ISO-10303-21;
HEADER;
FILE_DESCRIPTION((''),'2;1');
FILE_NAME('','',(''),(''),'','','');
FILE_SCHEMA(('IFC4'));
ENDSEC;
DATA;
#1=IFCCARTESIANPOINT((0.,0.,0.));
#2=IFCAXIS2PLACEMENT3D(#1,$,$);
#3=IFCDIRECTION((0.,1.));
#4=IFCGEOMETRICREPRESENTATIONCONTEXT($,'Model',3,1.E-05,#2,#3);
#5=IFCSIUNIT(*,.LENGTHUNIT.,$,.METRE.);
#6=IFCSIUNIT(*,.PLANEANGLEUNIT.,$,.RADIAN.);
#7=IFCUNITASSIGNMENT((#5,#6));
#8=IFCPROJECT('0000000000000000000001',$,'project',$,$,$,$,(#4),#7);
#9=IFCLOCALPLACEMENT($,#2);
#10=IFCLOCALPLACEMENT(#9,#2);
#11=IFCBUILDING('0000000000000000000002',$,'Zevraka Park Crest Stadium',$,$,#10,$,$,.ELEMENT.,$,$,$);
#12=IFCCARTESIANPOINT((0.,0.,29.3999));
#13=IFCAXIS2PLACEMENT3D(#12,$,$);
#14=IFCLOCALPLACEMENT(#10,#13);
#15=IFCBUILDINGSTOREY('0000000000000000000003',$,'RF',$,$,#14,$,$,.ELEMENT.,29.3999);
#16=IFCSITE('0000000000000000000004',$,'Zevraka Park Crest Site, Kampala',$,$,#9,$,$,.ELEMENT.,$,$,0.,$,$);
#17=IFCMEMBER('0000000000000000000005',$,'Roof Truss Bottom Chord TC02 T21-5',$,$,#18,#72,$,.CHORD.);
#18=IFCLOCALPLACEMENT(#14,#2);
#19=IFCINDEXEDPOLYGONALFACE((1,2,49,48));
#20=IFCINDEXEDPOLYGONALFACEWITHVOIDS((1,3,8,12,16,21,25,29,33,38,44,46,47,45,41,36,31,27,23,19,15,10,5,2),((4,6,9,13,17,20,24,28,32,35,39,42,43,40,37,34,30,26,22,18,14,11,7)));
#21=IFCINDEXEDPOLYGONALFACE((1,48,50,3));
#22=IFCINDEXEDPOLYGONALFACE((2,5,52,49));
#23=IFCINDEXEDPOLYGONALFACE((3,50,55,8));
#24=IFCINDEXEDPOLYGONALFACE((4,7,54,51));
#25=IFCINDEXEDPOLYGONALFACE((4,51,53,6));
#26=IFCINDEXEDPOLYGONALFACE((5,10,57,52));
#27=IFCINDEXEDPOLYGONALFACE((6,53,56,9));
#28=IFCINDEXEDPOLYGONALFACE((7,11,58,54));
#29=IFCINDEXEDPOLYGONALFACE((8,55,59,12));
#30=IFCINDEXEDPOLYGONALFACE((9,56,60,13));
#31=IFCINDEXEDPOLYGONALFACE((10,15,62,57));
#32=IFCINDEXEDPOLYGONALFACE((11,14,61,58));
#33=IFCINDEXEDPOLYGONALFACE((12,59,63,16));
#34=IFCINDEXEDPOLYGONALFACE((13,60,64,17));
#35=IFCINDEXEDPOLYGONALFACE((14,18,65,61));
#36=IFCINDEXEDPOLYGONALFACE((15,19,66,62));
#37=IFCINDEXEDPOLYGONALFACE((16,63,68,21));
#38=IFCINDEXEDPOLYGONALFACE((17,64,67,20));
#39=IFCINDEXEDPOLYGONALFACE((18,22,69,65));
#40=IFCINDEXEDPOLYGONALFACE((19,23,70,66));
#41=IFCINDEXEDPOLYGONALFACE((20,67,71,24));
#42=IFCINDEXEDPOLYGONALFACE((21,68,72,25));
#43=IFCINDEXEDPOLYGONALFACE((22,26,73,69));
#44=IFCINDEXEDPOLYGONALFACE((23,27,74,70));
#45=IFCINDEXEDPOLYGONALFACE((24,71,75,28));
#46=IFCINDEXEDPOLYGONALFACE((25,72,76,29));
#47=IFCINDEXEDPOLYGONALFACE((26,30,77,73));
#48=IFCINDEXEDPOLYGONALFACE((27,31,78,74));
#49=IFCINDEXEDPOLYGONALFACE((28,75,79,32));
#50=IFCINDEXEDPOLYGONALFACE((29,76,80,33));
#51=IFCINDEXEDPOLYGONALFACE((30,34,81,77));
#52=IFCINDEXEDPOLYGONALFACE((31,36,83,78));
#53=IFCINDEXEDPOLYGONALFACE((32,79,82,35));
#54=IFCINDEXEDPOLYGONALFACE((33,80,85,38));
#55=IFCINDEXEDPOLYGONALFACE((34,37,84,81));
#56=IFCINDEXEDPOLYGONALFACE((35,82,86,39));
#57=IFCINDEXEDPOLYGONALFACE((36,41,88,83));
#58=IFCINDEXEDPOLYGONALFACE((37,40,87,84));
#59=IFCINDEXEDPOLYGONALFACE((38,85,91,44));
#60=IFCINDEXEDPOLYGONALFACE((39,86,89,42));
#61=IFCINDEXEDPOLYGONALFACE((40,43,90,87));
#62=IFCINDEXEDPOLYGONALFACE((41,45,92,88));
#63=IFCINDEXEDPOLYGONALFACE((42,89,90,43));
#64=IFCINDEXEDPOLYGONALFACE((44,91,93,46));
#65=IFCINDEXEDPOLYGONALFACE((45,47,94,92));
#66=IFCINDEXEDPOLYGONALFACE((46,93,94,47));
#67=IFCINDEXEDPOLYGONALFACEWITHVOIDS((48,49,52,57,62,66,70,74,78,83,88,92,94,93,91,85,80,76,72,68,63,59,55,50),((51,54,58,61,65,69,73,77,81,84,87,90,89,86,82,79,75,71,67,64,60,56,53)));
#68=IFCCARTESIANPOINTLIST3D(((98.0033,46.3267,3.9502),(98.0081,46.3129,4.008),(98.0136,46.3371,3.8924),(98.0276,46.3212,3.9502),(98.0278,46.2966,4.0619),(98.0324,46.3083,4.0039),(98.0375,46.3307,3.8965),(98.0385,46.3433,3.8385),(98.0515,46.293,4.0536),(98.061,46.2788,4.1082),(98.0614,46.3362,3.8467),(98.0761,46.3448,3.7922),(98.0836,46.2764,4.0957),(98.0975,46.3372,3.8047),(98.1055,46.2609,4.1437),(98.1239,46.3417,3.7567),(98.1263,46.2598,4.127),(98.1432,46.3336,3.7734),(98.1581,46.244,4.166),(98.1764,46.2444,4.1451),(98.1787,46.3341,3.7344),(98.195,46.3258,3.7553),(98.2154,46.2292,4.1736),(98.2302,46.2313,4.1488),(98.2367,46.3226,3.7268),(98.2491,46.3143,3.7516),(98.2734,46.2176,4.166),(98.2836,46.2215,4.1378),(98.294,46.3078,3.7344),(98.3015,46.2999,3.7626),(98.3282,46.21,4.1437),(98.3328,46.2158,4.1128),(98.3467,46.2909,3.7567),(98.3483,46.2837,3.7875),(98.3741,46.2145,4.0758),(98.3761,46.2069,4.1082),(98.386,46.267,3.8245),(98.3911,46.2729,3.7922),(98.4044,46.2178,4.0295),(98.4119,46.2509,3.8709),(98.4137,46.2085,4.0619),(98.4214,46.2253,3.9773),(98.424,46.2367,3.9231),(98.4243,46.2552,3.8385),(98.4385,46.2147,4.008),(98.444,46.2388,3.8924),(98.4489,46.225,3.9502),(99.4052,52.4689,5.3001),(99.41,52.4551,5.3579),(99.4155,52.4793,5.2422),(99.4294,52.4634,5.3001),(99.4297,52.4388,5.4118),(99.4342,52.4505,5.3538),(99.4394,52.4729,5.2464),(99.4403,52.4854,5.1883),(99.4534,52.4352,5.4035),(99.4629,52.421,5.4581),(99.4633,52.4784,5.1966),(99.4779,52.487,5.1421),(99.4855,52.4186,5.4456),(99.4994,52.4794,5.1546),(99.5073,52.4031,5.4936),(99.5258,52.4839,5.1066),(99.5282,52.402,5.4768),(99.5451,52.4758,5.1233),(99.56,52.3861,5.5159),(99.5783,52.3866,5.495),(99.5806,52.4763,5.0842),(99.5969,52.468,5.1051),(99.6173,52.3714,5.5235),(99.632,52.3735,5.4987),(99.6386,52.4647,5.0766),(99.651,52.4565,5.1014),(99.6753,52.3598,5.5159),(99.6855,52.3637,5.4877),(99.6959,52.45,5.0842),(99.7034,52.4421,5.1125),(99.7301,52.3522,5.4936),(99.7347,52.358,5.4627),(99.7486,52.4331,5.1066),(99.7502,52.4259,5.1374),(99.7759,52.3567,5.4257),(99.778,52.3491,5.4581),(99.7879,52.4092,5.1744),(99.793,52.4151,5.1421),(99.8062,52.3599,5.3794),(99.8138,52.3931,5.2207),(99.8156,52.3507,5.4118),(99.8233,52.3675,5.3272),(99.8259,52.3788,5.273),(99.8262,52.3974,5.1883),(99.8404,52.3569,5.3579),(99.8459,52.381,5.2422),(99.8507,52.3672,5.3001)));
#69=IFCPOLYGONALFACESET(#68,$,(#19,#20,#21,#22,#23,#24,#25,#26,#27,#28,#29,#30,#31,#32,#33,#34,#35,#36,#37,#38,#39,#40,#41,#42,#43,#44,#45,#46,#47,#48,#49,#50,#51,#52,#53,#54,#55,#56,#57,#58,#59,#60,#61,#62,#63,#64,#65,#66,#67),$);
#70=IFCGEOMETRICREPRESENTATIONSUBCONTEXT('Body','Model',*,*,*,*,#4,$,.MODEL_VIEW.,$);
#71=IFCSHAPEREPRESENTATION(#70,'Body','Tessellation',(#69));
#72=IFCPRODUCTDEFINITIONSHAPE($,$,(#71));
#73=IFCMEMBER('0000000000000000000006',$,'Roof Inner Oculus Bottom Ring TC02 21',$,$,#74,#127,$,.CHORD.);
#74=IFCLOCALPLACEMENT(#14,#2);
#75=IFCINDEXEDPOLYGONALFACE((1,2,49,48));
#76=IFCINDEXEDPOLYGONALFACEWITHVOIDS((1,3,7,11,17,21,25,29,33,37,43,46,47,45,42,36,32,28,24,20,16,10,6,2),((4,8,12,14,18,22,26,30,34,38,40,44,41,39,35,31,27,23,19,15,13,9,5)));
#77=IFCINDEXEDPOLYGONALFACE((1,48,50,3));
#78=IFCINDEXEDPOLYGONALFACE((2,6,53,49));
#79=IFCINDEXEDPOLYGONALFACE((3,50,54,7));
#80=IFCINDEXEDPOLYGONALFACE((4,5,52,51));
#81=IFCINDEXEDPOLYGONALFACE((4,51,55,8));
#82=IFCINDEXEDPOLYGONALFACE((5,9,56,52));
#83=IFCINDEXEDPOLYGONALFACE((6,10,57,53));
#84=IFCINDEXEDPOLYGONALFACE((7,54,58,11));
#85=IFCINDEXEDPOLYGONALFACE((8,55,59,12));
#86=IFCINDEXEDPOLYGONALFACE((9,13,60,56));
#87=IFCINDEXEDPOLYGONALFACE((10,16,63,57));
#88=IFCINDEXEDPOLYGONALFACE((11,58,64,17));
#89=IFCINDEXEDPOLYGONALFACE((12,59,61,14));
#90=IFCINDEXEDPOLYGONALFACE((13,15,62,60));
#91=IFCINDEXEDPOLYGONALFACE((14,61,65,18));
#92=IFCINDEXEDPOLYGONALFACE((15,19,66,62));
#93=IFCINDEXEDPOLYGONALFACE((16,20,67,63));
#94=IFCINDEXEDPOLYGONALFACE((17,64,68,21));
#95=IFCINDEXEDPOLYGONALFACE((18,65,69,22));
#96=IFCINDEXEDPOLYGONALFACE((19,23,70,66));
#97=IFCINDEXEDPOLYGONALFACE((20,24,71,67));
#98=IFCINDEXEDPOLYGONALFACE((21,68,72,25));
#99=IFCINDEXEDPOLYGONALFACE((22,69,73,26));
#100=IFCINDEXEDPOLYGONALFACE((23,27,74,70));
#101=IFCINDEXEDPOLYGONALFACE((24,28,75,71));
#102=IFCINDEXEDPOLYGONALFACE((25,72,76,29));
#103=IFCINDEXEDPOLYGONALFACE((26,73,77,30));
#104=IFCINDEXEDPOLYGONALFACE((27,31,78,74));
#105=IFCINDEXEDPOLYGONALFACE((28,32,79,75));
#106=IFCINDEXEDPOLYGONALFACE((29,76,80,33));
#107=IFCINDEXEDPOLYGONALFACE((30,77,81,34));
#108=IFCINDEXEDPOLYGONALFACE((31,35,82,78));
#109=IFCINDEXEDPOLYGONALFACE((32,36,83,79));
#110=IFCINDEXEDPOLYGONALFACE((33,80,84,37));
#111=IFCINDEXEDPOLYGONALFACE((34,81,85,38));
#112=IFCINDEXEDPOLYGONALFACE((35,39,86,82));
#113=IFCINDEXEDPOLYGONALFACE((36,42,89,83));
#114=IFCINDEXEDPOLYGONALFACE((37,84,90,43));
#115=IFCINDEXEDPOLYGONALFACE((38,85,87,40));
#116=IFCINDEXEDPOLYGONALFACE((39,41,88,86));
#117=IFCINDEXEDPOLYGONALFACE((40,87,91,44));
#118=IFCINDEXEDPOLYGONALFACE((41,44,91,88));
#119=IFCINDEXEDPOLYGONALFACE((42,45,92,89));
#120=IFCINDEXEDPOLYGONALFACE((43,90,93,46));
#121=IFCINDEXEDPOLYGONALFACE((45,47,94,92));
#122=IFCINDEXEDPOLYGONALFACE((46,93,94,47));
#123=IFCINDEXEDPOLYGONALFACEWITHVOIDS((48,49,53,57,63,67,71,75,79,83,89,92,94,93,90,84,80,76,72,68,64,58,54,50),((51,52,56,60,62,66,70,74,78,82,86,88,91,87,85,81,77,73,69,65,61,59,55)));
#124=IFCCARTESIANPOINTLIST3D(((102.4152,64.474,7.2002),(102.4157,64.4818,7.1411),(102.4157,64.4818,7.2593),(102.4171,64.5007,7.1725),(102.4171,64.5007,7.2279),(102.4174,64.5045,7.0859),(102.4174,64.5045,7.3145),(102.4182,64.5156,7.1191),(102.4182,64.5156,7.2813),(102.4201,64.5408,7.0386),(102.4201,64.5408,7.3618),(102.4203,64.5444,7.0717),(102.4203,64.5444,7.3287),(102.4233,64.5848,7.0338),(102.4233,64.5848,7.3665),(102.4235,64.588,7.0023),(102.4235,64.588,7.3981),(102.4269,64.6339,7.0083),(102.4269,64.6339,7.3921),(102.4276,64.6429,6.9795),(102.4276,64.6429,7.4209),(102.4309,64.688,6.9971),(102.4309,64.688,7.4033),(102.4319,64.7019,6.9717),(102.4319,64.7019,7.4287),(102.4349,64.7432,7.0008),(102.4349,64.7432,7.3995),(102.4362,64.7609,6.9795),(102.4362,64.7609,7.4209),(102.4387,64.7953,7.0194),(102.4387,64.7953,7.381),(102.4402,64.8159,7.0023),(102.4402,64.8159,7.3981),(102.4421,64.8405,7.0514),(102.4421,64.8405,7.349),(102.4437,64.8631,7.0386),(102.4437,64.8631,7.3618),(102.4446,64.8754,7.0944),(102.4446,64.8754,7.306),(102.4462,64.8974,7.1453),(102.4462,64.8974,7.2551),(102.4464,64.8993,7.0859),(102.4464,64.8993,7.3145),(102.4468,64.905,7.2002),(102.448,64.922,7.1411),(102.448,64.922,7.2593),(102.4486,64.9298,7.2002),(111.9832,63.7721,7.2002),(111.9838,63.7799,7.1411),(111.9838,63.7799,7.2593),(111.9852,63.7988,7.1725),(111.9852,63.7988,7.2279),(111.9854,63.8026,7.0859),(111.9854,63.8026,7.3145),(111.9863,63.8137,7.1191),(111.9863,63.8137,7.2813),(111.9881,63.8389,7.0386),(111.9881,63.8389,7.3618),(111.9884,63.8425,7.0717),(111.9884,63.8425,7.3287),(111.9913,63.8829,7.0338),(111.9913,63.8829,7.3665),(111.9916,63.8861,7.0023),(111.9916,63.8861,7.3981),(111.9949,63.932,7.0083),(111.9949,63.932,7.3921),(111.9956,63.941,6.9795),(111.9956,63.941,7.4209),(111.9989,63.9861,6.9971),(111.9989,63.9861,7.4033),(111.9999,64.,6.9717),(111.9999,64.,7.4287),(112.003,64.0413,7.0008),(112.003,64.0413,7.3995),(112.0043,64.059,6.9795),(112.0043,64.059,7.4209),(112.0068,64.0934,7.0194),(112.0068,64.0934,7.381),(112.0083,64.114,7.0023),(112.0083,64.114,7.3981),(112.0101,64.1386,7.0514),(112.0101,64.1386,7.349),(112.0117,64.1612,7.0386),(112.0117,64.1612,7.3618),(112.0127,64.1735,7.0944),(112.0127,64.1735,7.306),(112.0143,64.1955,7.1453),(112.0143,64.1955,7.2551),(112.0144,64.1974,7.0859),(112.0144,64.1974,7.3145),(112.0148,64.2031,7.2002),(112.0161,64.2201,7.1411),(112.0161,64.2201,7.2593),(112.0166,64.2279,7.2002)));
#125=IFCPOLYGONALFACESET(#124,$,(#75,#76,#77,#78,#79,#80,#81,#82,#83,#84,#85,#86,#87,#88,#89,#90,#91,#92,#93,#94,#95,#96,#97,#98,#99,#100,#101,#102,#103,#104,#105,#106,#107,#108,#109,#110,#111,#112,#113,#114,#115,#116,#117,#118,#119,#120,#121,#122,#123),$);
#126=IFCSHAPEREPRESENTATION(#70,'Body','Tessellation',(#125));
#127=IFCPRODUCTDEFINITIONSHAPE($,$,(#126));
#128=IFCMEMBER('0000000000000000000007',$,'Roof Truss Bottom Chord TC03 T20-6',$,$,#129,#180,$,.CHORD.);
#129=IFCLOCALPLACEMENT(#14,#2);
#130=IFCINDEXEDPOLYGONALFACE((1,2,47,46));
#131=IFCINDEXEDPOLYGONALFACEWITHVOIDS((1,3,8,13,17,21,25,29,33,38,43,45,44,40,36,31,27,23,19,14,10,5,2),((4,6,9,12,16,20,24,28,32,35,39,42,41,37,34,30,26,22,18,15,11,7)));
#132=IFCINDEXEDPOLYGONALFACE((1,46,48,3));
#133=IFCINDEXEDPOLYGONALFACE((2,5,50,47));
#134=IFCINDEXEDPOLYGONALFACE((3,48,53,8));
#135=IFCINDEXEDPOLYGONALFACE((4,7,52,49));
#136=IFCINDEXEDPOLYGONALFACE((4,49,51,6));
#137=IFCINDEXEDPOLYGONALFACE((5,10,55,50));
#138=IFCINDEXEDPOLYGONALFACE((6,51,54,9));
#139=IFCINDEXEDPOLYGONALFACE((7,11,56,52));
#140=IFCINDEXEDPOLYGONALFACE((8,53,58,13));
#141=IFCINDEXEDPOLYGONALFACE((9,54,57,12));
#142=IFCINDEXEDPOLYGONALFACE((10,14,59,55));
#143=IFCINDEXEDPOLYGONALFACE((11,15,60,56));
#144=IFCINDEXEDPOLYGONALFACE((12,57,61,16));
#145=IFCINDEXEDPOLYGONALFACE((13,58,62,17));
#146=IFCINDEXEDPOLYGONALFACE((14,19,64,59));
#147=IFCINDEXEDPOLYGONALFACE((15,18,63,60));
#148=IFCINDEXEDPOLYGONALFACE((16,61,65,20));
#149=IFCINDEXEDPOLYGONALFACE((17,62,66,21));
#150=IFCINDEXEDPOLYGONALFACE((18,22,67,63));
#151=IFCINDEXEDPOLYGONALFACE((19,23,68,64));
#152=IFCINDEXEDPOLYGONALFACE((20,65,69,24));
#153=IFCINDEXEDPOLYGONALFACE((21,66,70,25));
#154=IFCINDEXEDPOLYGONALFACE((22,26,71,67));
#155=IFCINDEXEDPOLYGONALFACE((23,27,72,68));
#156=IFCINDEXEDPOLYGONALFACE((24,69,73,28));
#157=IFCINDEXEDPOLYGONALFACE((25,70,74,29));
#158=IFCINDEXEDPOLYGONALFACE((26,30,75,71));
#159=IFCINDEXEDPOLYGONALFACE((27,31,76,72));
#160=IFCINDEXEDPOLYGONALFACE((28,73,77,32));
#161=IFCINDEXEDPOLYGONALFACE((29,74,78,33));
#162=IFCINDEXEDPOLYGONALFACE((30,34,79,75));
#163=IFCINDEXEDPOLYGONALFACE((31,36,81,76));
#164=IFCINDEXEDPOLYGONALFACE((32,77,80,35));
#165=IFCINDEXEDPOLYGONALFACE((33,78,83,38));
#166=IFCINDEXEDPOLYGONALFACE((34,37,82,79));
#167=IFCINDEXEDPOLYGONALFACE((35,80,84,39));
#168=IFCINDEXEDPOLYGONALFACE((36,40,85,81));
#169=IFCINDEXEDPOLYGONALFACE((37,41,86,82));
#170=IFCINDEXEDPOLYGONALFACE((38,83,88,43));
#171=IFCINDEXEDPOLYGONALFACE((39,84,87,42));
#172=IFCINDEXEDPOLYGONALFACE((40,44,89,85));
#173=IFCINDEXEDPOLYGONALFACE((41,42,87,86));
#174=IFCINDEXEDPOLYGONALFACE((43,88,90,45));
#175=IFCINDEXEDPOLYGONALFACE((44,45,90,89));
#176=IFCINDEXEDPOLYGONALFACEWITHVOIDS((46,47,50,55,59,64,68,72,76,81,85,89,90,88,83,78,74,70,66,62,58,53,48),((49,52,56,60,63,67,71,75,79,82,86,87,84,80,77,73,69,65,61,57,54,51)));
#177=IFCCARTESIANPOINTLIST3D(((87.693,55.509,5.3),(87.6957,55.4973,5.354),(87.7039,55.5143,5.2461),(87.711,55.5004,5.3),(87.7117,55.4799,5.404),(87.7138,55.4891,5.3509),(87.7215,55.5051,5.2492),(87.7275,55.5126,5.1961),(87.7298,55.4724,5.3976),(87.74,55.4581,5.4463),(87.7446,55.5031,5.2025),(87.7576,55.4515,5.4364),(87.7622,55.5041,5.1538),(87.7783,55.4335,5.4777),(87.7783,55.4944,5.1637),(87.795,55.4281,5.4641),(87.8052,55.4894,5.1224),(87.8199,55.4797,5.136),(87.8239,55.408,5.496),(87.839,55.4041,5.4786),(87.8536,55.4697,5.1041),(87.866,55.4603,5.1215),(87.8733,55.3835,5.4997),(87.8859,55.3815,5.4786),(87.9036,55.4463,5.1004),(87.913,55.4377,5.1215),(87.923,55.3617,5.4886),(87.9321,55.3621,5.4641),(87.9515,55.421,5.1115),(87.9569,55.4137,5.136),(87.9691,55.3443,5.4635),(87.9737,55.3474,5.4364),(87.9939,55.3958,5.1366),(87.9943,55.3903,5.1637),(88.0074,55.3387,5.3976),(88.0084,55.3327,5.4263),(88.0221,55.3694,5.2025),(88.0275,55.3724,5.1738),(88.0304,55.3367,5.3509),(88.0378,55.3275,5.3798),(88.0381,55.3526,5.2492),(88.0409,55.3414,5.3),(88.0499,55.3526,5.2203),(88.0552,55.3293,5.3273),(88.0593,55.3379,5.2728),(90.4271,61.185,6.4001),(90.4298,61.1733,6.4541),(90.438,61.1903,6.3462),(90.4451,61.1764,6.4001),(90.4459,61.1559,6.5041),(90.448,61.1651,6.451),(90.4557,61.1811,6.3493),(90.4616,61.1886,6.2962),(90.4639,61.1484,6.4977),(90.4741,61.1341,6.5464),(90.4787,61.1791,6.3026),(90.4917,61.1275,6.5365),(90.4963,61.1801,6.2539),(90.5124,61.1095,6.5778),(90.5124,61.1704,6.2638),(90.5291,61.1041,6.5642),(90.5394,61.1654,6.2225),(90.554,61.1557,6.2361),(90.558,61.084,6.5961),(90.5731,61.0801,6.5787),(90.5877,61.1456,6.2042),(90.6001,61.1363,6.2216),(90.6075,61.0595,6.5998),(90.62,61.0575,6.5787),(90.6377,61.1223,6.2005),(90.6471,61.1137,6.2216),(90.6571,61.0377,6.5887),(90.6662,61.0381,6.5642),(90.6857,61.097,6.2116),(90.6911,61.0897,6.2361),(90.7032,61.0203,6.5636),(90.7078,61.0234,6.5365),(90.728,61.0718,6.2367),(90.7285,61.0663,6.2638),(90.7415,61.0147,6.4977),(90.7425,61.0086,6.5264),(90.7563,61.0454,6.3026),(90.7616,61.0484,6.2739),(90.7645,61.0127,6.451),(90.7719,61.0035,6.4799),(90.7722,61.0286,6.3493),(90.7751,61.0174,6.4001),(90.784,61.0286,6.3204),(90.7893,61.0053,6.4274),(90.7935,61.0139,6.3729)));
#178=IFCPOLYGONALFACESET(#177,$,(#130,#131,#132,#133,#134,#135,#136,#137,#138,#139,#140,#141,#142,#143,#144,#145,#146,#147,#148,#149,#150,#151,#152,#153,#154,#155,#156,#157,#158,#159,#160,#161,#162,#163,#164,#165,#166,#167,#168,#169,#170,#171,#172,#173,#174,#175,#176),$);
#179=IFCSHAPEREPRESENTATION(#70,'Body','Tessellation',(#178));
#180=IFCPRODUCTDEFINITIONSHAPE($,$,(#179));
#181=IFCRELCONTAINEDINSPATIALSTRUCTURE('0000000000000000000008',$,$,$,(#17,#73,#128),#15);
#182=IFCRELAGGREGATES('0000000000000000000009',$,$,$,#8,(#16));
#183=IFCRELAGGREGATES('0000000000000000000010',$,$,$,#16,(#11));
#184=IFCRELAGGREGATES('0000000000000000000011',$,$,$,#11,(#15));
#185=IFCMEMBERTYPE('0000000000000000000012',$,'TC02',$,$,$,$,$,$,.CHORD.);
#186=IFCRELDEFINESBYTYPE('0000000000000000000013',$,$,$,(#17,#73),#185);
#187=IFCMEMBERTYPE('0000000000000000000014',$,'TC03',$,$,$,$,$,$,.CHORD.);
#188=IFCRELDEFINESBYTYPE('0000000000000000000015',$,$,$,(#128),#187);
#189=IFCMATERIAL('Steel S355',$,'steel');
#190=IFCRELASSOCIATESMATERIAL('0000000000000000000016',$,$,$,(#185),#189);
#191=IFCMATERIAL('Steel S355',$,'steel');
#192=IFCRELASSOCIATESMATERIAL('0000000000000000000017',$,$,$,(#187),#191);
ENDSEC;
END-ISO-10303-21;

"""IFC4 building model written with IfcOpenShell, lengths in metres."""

from ifc_helpers import new_model, si_unit, direction, frame, origin, origin_2d, place, context, subcontext, project, spatial, hollow_circle, extrude, material, material_profile, profile_set, type_object, element, save


model = new_model("IFC4")

# Units and contexts
model_context = context("Model", 3, precision=1e-05, world=origin(), true_north=direction((0.0, 1.0)))
body_context = subcontext(model_context, "Body", "Model", "MODEL_VIEW")
ifc_project = project(units=[si_unit("LENGTHUNIT", "METRE"), si_unit("PLANEANGLEUNIT", "RADIAN")], contexts=[model_context])

# Site, building, storey
site_placement = place(None, origin())
site = spatial("IfcSite", under=ifc_project, at=site_placement, Name="Zevraka Park Crest Site, Kampala", CompositionType="ELEMENT", RefElevation=0.0)
building_placement = place(site_placement, origin())
building = spatial("IfcBuilding", under=site, at=building_placement, Name="Zevraka Park Crest Stadium", CompositionType="ELEMENT")
storey_placement = place(building_placement, frame((0.0, 0.0, 29.3999)))
storey = spatial("IfcBuildingStorey", under=building, at=storey_placement, Name="RF", CompositionType="ELEMENT", Elevation=29.3999)

# Members
ifc_material_1 = material(Name="Steel S355", Category="steel")
ifc_material_profile_1 = material_profile(ifc_material_1, hollow_circle(Radius=0.2285, WallThickness=0.0249, at=origin_2d()), Name="CHS 457.0x25")
ifc_profile_set_1 = profile_set([ifc_material_profile_1], Name="Steel S355")
member_type_1 = type_object("IfcMemberType", Name="TC02", PredefinedType="CHORD", material=ifc_profile_set_1)
member_1_placement = place(storey_placement, frame((98.2261, 46.2759, 3.9502), z_axis=(0.217577, 0.953293, 0.209506), x_axis=(-0.974929, 0.222515, 0.0)))
element("IfcMember", 1, at=member_1_placement, inside=storey, type_object=member_type_1, Name="Roof Truss Bottom Chord TC02 T21-5", PredefinedType="CHORD", context=body_context, shape_type="SweptSolid", body=[
    extrude(hollow_circle(Radius=0.2285, WallThickness=0.0249, at=origin_2d()), origin(), (0.0, 0.0, 1.0), 6.4431),
])
member_2_placement = place(storey_placement, frame((102.4319, 64.7019, 7.2002), z_axis=(0.99732, -0.073162, 0.0), x_axis=(0.073162, 0.99732, 0.0)))
element("IfcMember", 2, at=member_2_placement, inside=storey, type_object=member_type_1, Name="Roof Inner Oculus Bottom Ring TC02 21", PredefinedType="CHORD", context=body_context, shape_type="SweptSolid", body=[
    extrude(hollow_circle(Radius=0.2285, WallThickness=0.0249, at=origin_2d()), origin(), (0.0, 0.0, 1.0), 9.5938),
])
ifc_material_2 = material(Name="Steel S355", Category="steel")
ifc_material_profile_2 = material_profile(ifc_material_2, hollow_circle(Radius=0.2031, WallThickness=0.02, at=origin_2d()), Name="CHS 406.4x20")
ifc_profile_set_2 = profile_set([ifc_material_profile_2], Name="Steel S355")
member_type_2 = type_object("IfcMemberType", Name="TC03", PredefinedType="CHORD", material=ifc_profile_set_2)
member_3_placement = place(storey_placement, frame((87.876, 55.4209, 5.3), z_axis=(0.427506, 0.887497, 0.17201), x_axis=(-0.900925, 0.433974, 0.0)))
element("IfcMember", 3, at=member_3_placement, inside=storey, type_object=member_type_2, Name="Roof Truss Bottom Chord TC03 T20-6", PredefinedType="CHORD", context=body_context, shape_type="SweptSolid", body=[
    extrude(hollow_circle(Radius=0.2031, WallThickness=0.02, at=origin_2d()), origin(), (0.0, 0.0, 1.0), 6.3955),
])

save(model, "model.ifc")
